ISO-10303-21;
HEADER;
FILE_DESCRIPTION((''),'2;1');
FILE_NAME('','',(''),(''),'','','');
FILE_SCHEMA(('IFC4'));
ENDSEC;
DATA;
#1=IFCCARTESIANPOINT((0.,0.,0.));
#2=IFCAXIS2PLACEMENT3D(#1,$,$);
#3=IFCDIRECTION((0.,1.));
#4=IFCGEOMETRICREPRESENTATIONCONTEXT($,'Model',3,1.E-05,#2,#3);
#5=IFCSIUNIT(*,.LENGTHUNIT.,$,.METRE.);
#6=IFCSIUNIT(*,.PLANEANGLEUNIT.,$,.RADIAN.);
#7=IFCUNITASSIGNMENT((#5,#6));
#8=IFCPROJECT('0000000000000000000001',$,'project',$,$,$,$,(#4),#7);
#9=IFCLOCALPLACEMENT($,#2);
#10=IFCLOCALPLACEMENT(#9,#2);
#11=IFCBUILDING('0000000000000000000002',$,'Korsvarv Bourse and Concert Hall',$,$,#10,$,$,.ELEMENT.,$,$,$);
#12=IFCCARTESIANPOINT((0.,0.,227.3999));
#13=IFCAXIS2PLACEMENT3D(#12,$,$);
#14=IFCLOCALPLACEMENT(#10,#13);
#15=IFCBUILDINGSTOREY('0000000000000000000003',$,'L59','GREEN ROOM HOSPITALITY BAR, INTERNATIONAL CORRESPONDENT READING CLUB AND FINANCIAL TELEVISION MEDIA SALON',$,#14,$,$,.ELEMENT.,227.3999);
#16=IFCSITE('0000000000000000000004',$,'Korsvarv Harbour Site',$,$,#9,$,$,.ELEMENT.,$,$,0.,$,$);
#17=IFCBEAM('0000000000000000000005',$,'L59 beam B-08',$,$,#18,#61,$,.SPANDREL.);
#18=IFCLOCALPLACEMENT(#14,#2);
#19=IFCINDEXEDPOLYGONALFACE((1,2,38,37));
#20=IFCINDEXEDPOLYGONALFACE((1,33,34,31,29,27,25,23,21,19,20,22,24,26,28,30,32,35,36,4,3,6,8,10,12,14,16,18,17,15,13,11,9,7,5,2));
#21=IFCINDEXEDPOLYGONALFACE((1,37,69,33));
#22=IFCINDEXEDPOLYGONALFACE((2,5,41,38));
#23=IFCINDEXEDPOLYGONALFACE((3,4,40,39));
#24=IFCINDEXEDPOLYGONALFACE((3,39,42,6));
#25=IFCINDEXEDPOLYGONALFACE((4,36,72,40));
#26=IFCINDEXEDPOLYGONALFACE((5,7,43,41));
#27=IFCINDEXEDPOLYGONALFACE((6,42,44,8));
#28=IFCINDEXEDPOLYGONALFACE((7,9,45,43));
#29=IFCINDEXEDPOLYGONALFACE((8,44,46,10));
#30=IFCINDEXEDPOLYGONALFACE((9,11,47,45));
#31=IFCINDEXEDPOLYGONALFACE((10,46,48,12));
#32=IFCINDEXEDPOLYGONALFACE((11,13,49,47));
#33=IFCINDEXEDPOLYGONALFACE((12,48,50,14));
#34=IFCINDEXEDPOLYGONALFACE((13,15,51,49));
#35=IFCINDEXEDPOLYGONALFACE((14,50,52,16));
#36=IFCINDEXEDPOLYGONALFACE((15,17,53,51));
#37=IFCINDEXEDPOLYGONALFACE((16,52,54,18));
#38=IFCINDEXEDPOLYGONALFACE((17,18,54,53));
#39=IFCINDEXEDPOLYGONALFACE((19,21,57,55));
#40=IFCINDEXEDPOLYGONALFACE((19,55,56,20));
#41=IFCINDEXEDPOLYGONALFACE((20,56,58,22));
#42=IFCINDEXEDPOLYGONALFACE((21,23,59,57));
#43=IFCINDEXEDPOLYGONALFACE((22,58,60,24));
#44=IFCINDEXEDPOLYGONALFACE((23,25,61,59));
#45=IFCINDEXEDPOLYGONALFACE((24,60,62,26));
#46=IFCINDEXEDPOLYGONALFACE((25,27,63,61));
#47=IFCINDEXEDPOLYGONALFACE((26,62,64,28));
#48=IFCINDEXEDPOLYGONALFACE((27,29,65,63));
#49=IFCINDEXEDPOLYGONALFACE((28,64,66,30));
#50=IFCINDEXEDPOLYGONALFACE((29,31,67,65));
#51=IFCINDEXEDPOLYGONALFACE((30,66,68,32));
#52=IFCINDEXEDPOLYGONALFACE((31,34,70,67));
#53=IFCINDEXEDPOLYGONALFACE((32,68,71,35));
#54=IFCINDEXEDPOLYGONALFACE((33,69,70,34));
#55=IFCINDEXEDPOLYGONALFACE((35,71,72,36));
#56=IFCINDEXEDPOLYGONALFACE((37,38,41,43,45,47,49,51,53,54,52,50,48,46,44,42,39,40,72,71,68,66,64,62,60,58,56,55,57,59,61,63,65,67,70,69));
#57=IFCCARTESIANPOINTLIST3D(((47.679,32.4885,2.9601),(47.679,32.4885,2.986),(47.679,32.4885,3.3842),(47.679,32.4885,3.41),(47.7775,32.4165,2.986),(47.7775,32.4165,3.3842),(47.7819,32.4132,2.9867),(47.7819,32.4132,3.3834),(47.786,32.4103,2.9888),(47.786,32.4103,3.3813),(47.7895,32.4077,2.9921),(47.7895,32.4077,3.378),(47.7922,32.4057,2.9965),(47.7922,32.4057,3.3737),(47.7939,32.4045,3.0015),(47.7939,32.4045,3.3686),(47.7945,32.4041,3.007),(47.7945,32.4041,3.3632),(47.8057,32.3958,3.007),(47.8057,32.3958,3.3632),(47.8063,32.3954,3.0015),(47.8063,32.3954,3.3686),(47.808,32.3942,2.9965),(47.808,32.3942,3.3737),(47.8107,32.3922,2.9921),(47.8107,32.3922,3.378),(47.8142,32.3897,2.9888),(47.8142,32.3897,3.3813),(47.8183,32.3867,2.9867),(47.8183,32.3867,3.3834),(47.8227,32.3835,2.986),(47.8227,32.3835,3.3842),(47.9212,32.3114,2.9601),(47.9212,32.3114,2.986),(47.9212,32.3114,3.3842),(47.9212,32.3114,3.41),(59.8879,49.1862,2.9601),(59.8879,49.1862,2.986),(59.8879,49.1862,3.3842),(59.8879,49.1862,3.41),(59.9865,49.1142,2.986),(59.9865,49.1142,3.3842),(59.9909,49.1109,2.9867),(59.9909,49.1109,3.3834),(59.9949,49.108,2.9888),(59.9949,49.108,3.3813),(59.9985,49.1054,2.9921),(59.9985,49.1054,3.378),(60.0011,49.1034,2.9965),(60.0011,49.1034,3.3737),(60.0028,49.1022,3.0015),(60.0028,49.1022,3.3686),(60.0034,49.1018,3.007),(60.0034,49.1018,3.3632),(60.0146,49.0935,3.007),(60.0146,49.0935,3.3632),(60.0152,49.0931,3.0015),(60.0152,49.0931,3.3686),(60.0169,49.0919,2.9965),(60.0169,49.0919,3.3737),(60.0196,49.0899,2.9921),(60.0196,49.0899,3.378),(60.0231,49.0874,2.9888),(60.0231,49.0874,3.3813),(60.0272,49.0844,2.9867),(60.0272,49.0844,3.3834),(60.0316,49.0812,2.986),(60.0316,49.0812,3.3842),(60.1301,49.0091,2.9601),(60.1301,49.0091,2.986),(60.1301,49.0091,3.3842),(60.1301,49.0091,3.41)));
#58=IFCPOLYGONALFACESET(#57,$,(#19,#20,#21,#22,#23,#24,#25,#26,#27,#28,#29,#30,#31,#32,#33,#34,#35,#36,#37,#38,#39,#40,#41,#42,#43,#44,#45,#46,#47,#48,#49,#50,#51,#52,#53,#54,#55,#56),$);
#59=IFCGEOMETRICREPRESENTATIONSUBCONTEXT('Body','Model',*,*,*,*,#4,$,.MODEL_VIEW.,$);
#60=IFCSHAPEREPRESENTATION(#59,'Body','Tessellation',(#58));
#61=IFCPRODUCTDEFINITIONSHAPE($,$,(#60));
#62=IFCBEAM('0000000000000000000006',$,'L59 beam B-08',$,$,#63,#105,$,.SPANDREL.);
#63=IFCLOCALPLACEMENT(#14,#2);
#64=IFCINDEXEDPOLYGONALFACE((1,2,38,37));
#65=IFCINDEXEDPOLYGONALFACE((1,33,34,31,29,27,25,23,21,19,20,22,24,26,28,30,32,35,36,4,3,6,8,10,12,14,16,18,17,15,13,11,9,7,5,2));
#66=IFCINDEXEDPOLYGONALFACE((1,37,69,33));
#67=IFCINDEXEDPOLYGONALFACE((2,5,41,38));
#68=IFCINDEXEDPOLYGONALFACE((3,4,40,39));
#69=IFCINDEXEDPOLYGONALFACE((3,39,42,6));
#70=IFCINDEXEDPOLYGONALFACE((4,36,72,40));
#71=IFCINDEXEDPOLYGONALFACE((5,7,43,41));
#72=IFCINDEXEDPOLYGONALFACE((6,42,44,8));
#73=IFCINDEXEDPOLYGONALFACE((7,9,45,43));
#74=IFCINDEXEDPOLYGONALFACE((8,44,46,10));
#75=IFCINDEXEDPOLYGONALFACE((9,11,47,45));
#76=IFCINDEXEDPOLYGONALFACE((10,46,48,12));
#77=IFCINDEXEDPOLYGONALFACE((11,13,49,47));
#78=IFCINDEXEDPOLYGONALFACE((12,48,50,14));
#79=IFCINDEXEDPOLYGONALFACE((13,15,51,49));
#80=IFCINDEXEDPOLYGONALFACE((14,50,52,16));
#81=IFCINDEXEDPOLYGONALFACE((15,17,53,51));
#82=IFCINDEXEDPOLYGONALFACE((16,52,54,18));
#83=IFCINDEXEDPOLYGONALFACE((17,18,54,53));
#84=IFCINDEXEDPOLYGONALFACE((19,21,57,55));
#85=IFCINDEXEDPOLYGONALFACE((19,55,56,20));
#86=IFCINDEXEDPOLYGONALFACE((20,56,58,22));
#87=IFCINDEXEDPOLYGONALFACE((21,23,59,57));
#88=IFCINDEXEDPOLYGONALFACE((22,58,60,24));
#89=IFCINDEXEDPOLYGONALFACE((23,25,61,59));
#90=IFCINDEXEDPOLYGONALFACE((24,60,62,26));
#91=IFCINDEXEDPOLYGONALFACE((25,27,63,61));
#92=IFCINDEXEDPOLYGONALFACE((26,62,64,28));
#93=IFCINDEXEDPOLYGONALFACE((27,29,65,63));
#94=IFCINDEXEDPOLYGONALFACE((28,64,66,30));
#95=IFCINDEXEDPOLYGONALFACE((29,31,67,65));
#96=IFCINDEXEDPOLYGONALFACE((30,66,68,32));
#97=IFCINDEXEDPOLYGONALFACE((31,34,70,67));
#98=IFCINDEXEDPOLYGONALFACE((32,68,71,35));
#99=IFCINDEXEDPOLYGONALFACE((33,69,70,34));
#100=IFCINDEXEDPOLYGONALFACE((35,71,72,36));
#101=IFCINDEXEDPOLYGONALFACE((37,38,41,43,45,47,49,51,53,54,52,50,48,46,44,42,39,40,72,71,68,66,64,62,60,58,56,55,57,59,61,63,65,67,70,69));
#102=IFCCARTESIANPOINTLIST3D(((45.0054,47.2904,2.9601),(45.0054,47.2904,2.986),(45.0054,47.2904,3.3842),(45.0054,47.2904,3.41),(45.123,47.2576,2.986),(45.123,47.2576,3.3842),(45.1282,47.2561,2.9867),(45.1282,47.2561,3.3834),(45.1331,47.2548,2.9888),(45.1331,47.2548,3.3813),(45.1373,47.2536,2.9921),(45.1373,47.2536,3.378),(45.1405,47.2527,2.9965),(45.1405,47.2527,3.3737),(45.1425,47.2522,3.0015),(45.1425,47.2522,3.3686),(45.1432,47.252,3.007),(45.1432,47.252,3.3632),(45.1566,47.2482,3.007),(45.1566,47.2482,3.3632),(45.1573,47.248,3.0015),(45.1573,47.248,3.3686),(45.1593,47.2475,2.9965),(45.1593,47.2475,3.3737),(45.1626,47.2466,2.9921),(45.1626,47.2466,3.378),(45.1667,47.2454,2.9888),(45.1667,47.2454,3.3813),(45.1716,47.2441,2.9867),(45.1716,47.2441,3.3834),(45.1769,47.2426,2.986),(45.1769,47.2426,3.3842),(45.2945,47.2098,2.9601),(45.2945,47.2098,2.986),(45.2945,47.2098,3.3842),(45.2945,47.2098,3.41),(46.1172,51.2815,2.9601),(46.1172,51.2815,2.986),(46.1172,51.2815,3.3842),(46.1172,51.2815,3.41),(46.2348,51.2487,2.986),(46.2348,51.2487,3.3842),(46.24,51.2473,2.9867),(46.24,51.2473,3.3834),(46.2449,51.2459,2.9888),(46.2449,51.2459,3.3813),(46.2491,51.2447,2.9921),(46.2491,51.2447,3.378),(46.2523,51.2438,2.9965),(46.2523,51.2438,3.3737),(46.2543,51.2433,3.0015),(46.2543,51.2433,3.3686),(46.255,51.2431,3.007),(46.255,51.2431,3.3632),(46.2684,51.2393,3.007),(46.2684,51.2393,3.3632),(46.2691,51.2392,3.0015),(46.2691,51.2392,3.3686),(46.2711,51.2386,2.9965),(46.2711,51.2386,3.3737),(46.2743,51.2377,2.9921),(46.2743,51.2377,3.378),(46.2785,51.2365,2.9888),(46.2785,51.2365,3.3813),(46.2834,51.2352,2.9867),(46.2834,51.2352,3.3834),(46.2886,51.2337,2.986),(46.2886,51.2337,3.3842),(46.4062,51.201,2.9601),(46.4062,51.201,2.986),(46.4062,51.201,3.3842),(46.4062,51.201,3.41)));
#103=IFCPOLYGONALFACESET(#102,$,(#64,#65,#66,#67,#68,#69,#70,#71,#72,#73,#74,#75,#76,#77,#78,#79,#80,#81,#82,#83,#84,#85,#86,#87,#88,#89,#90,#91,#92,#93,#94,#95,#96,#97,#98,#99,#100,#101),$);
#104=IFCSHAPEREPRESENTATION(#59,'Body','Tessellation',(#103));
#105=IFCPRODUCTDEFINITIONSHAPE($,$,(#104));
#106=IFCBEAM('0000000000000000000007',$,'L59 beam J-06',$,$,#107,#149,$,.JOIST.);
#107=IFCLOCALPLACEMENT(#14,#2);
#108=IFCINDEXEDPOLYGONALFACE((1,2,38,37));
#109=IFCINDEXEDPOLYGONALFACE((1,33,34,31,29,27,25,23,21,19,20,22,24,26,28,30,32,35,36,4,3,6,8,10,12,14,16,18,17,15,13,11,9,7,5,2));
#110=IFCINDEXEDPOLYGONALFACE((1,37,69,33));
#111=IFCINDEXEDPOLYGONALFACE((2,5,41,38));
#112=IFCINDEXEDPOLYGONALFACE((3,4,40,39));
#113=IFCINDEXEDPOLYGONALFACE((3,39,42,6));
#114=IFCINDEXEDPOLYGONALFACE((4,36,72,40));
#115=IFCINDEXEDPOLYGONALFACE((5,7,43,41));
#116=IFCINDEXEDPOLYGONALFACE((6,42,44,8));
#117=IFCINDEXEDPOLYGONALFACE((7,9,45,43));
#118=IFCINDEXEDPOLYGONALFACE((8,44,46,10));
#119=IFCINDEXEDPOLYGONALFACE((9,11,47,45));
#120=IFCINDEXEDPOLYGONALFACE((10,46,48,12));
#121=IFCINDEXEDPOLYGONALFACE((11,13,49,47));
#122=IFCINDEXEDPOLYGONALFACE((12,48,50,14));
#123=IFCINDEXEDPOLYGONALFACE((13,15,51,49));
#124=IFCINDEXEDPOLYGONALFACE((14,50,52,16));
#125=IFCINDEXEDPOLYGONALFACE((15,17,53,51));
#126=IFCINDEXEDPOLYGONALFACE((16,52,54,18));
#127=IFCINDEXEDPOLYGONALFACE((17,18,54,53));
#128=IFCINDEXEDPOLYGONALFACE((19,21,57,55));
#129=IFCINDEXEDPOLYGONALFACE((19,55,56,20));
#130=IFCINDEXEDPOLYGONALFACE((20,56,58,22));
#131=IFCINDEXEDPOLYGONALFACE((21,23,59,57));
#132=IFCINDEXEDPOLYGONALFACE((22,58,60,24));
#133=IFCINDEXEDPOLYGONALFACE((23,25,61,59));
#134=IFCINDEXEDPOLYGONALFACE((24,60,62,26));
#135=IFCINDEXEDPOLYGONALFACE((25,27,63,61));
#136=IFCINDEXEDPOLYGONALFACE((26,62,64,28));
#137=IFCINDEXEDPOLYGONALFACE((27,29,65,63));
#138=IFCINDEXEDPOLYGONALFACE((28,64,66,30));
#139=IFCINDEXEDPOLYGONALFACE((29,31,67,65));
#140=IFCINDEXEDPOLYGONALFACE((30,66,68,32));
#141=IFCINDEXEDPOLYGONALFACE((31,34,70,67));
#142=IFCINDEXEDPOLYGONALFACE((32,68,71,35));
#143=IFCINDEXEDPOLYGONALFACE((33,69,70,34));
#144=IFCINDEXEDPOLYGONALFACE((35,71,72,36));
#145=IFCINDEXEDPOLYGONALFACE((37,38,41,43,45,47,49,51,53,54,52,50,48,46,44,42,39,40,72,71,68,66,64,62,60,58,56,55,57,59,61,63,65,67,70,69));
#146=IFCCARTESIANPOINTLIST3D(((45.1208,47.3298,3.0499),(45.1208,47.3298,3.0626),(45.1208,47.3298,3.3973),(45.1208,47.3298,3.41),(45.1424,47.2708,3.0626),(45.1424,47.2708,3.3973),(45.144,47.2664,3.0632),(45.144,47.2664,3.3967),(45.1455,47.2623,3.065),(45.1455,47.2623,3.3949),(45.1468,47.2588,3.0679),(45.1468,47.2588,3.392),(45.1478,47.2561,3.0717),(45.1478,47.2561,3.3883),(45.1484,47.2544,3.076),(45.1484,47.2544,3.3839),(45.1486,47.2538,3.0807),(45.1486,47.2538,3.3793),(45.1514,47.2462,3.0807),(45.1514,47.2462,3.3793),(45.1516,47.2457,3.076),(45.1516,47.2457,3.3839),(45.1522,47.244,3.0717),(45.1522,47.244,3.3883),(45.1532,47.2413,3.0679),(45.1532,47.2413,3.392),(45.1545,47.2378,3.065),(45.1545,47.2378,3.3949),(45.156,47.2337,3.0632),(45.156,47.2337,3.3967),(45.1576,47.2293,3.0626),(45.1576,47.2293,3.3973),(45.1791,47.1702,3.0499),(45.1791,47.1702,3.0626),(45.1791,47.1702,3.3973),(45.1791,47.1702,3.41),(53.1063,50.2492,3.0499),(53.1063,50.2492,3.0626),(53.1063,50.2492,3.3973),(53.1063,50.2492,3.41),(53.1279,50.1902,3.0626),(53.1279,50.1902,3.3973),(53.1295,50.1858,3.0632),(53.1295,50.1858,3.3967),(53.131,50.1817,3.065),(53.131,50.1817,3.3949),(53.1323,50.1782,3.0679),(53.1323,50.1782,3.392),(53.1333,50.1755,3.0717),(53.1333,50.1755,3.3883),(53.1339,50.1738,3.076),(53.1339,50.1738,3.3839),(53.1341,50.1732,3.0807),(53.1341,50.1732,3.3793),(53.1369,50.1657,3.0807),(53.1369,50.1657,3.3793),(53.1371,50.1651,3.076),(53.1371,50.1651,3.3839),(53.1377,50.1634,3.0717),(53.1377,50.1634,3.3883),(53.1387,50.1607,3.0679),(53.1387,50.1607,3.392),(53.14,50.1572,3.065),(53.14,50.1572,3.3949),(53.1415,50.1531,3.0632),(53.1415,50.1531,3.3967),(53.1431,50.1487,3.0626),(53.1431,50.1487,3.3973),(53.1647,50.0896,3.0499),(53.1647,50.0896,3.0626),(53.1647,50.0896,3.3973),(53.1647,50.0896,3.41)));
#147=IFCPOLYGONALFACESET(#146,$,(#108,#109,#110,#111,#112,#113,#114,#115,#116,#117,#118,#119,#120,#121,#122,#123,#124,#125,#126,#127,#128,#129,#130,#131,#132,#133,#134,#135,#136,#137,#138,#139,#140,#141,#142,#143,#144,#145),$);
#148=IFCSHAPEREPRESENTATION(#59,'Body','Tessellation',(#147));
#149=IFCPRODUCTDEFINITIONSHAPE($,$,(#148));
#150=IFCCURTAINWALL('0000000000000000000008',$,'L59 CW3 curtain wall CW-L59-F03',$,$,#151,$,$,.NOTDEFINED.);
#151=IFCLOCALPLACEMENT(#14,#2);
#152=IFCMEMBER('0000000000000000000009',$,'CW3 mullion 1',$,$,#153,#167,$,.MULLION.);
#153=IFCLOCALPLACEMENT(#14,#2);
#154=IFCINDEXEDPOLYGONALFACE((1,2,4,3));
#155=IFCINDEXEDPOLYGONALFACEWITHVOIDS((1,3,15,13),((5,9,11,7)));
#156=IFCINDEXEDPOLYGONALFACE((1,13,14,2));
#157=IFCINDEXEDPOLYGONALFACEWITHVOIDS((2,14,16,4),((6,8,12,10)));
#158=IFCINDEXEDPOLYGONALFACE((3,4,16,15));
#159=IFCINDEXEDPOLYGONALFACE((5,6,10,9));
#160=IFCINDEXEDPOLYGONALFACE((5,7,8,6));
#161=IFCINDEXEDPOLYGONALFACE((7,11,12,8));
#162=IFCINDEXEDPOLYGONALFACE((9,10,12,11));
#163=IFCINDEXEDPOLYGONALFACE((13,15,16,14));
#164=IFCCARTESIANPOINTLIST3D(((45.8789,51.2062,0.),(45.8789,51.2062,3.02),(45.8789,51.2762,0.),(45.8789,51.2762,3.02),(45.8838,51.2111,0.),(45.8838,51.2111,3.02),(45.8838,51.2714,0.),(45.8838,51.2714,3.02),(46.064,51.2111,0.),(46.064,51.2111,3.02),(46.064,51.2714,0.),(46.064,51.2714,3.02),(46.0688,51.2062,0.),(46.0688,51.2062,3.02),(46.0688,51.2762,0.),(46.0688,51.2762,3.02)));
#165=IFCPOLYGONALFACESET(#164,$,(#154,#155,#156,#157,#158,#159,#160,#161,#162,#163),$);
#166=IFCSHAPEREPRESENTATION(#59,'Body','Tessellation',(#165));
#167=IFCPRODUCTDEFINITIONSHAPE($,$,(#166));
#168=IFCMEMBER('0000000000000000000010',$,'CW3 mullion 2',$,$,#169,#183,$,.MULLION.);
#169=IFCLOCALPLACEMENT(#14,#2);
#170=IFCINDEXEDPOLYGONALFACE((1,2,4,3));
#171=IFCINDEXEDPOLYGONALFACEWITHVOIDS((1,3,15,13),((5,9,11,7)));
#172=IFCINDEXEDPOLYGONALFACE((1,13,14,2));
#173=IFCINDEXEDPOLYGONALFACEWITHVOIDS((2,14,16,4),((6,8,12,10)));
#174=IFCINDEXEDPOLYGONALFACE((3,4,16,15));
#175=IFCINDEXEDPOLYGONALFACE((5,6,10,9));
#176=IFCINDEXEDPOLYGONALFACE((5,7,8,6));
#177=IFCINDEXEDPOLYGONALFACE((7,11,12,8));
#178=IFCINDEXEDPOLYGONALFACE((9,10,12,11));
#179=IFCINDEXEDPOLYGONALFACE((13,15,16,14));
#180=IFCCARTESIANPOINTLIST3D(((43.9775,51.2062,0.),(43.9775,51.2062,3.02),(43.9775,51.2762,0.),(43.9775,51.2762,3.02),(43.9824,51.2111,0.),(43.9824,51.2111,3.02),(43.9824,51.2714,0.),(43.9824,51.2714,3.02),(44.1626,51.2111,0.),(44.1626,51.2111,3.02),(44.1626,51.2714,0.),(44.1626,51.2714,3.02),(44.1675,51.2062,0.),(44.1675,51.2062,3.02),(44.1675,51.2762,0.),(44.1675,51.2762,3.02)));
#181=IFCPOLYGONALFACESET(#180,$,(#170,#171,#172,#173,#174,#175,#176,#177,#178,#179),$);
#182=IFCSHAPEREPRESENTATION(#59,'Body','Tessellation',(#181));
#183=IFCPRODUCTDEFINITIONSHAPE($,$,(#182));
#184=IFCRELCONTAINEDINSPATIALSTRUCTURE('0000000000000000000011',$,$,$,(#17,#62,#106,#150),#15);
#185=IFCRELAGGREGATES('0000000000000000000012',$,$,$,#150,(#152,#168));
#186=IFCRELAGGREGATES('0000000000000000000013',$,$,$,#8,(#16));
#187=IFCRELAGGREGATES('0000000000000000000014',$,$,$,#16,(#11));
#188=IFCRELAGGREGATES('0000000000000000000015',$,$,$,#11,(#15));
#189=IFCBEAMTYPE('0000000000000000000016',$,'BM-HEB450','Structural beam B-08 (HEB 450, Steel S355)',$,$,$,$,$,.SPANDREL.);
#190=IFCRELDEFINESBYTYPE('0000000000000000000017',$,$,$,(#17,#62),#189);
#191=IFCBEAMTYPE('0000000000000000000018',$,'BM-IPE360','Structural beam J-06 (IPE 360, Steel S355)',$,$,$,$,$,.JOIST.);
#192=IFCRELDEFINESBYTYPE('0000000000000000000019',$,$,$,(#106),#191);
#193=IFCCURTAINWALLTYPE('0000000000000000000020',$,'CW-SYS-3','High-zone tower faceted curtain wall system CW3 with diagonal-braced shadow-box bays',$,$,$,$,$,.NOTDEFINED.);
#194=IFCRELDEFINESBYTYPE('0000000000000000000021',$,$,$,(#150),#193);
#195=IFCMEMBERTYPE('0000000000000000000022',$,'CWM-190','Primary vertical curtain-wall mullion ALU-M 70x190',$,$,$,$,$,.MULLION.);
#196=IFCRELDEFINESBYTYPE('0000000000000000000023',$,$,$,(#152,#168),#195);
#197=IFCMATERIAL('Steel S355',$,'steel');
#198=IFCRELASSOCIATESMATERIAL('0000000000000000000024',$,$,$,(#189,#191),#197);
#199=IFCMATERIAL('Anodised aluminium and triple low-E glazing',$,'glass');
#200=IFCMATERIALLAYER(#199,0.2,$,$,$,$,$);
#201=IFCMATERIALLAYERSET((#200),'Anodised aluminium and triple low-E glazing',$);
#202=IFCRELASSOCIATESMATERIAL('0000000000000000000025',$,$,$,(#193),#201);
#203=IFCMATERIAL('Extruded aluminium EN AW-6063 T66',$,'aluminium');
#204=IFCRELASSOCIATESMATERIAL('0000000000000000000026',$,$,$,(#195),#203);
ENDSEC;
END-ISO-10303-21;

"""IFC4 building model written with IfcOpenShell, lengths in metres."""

from ifc_helpers import new_model, si_unit, direction, frame, origin, origin_2d, place, context, subcontext, project, spatial, hollow_rectangle, i_section, extrude, source, transform, mapped, material, layer, layer_set, material_profile, profile_set, type_object, element, aggregate, save


model = new_model("IFC4")

# Units and contexts
model_context = context("Model", 3, precision=1e-05, world=origin(), true_north=direction((0.0, 1.0)))
body_context = subcontext(model_context, "Body", "Model", "MODEL_VIEW")
ifc_project = project(units=[si_unit("LENGTHUNIT", "METRE"), si_unit("PLANEANGLEUNIT", "RADIAN")], contexts=[model_context])

# Site, building, storey
site_placement = place(None, origin())
site = spatial("IfcSite", under=ifc_project, at=site_placement, Name="Korsvarv Harbour Site", CompositionType="ELEMENT", RefElevation=0.0)
building_placement = place(site_placement, origin())
building = spatial("IfcBuilding", under=site, at=building_placement, Name="Korsvarv Bourse and Concert Hall", CompositionType="ELEMENT")
storey_placement = place(building_placement, frame((0.0, 0.0, 227.3999)))
storey = spatial("IfcBuildingStorey", under=building, at=storey_placement, Name="L59", Description="GREEN ROOM HOSPITALITY BAR, INTERNATIONAL CORRESPONDENT READING CLUB AND FINANCIAL TELEVISION MEDIA SALON", CompositionType="ELEMENT", Elevation=227.3999)

# Shared definitions
ifc_material_1 = material(Name="Steel S355", Category="steel")

# Beams
ifc_material_profile_1 = material_profile(ifc_material_1, i_section(OverallWidth=0.3, OverallDepth=0.45, WebThickness=0.0139, FlangeThickness=0.0259, FilletRadius=0.021, at=origin_2d()), Name="HEB 450")
ifc_profile_set_1 = profile_set([ifc_material_profile_1], Name="Steel S355")
beam_type_1 = type_object("IfcBeamType", Name="BM-HEB450", Description="Structural beam B-08 (HEB 450, Steel S355)", PredefinedType="SPANDREL", material=ifc_profile_set_1)
shared_shape_1 = source(origin(), body_context, "Body", "SweptSolid", [
    extrude(i_section(OverallWidth=0.3, OverallDepth=0.45, WebThickness=0.0139, FlangeThickness=0.0259, FilletRadius=0.021, at=origin_2d()), origin(), (0.0, 0.0, 1.0), 20.6851),
])
beam_1_placement = place(storey_placement, frame((60.009, 49.0977, 3.1851), z_axis=(-0.59023, -0.807235, 0.0), x_axis=(0.807235, -0.59023, 0.0)))
element("IfcBeam", 1, at=beam_1_placement, inside=storey, type_object=beam_type_1, Name="L59 beam B-08", PredefinedType="SPANDREL", context=body_context, shape_type="MappedRepresentation", body=[
    mapped(shared_shape_1, transform((0.0, 0.0, 0.0), scale=1.0)),
])
shared_shape_2 = source(origin(), body_context, "Body", "SweptSolid", [
    extrude(i_section(OverallWidth=0.3, OverallDepth=0.45, WebThickness=0.0139, FlangeThickness=0.0259, FilletRadius=0.021, at=origin_2d()), origin(), (0.0, 0.0, 1.0), 4.1431),
])
beam_2_placement = place(storey_placement, frame((46.2617, 51.2412, 3.1851), z_axis=(-0.268349, -0.963322, 0.0), x_axis=(0.963322, -0.268349, 0.0)))
element("IfcBeam", 2, at=beam_2_placement, inside=storey, type_object=beam_type_1, Name="L59 beam B-08", PredefinedType="SPANDREL", context=body_context, shape_type="MappedRepresentation", body=[
    mapped(shared_shape_2, transform((0.0, 0.0, 0.0), scale=1.0)),
])
ifc_material_profile_2 = material_profile(ifc_material_1, i_section(OverallWidth=0.1699, OverallDepth=0.3601, WebThickness=0.0081, FlangeThickness=0.0127, FilletRadius=0.0181, at=origin_2d()), Name="IPE 360")
ifc_profile_set_2 = profile_set([ifc_material_profile_2], Name="Steel S355")
beam_type_2 = type_object("IfcBeamType", Name="BM-IPE360", Description="Structural beam J-06 (IPE 360, Steel S355)", PredefinedType="JOIST", material=ifc_profile_set_2)
shared_shape_3 = source(origin(), body_context, "Body", "SweptSolid", [
    extrude(i_section(OverallWidth=0.1699, OverallDepth=0.3601, WebThickness=0.0081, FlangeThickness=0.0127, FilletRadius=0.0181, at=origin_2d()), origin(), (0.0, 0.0, 1.0), 8.5024),
])
beam_3_placement = place(storey_placement, frame((53.1355, 50.1694, 3.23), z_axis=(-0.939203, -0.343361, 0.0), x_axis=(0.343361, -0.939203, 0.0)))
element("IfcBeam", 3, at=beam_3_placement, inside=storey, type_object=beam_type_2, Name="L59 beam J-06", PredefinedType="JOIST", context=body_context, shape_type="MappedRepresentation", body=[
    mapped(shared_shape_3, transform((0.0, 0.0, 0.0), scale=1.0)),
])

# Curtain wall, members
ifc_material_2 = material(Name="Anodised aluminium and triple low-E glazing", Category="glass")
ifc_layer_1 = layer(ifc_material_2, 0.2)
ifc_layer_set_1 = layer_set([ifc_layer_1], Name="Anodised aluminium and triple low-E glazing")
curtain_wall_type = type_object("IfcCurtainWallType", Name="CW-SYS-3", Description="High-zone tower faceted curtain wall system CW3 with diagonal-braced shadow-box bays", PredefinedType="NOTDEFINED", material=ifc_layer_set_1)
curtain_wall_placement = place(storey_placement, origin())
curtain_wall = element("IfcCurtainWall", 4, at=curtain_wall_placement, inside=storey, type_object=curtain_wall_type, Name="L59 CW3 curtain wall CW-L59-F03", PredefinedType="NOTDEFINED")
ifc_material_3 = material(Name="Extruded aluminium EN AW-6063 T66", Category="aluminium")
ifc_material_profile_3 = material_profile(ifc_material_3, hollow_rectangle(XDim=0.0701, YDim=0.1899, WallThickness=0.0049, at=origin_2d()), Name="ALU-M 70x190")
ifc_profile_set_3 = profile_set([ifc_material_profile_3], Name="Extruded aluminium EN AW-6063 T66")
member_type_1 = type_object("IfcMemberType", Name="CWM-190", Description="Primary vertical curtain-wall mullion ALU-M 70x190", PredefinedType="MULLION", material=ifc_profile_set_3)
shared_shape_4 = source(origin(), body_context, "Body", "SweptSolid", [
    extrude(hollow_rectangle(XDim=0.0701, YDim=0.1899, WallThickness=0.0049, at=origin_2d()), origin(), (0.0, 0.0, 1.0), 3.02),
])
member_1_placement = place(storey_placement, frame((45.9739, 51.2412, 0.0), z_axis=(0.0, 0.0, 1.0), x_axis=(0.0, -1.0, 0.0)))
member_1 = element("IfcMember", 5, at=member_1_placement, type_object=member_type_1, Name="CW3 mullion 1", PredefinedType="MULLION", context=body_context, shape_type="MappedRepresentation", body=[
    mapped(shared_shape_4, transform((0.0, 0.0, 0.0), scale=1.0)),
])
member_2_placement = place(storey_placement, frame((44.0725, 51.2412, 0.0), z_axis=(0.0, 0.0, 1.0), x_axis=(0.0, -1.0, 0.0)))
member_2 = element("IfcMember", 6, at=member_2_placement, type_object=member_type_1, Name="CW3 mullion 2", PredefinedType="MULLION", context=body_context, shape_type="MappedRepresentation", body=[
    mapped(shared_shape_4, transform((0.0, 0.0, 0.0), scale=1.0)),
])
aggregate(curtain_wall, [member_1, member_2])

save(model, "model.ifc")
